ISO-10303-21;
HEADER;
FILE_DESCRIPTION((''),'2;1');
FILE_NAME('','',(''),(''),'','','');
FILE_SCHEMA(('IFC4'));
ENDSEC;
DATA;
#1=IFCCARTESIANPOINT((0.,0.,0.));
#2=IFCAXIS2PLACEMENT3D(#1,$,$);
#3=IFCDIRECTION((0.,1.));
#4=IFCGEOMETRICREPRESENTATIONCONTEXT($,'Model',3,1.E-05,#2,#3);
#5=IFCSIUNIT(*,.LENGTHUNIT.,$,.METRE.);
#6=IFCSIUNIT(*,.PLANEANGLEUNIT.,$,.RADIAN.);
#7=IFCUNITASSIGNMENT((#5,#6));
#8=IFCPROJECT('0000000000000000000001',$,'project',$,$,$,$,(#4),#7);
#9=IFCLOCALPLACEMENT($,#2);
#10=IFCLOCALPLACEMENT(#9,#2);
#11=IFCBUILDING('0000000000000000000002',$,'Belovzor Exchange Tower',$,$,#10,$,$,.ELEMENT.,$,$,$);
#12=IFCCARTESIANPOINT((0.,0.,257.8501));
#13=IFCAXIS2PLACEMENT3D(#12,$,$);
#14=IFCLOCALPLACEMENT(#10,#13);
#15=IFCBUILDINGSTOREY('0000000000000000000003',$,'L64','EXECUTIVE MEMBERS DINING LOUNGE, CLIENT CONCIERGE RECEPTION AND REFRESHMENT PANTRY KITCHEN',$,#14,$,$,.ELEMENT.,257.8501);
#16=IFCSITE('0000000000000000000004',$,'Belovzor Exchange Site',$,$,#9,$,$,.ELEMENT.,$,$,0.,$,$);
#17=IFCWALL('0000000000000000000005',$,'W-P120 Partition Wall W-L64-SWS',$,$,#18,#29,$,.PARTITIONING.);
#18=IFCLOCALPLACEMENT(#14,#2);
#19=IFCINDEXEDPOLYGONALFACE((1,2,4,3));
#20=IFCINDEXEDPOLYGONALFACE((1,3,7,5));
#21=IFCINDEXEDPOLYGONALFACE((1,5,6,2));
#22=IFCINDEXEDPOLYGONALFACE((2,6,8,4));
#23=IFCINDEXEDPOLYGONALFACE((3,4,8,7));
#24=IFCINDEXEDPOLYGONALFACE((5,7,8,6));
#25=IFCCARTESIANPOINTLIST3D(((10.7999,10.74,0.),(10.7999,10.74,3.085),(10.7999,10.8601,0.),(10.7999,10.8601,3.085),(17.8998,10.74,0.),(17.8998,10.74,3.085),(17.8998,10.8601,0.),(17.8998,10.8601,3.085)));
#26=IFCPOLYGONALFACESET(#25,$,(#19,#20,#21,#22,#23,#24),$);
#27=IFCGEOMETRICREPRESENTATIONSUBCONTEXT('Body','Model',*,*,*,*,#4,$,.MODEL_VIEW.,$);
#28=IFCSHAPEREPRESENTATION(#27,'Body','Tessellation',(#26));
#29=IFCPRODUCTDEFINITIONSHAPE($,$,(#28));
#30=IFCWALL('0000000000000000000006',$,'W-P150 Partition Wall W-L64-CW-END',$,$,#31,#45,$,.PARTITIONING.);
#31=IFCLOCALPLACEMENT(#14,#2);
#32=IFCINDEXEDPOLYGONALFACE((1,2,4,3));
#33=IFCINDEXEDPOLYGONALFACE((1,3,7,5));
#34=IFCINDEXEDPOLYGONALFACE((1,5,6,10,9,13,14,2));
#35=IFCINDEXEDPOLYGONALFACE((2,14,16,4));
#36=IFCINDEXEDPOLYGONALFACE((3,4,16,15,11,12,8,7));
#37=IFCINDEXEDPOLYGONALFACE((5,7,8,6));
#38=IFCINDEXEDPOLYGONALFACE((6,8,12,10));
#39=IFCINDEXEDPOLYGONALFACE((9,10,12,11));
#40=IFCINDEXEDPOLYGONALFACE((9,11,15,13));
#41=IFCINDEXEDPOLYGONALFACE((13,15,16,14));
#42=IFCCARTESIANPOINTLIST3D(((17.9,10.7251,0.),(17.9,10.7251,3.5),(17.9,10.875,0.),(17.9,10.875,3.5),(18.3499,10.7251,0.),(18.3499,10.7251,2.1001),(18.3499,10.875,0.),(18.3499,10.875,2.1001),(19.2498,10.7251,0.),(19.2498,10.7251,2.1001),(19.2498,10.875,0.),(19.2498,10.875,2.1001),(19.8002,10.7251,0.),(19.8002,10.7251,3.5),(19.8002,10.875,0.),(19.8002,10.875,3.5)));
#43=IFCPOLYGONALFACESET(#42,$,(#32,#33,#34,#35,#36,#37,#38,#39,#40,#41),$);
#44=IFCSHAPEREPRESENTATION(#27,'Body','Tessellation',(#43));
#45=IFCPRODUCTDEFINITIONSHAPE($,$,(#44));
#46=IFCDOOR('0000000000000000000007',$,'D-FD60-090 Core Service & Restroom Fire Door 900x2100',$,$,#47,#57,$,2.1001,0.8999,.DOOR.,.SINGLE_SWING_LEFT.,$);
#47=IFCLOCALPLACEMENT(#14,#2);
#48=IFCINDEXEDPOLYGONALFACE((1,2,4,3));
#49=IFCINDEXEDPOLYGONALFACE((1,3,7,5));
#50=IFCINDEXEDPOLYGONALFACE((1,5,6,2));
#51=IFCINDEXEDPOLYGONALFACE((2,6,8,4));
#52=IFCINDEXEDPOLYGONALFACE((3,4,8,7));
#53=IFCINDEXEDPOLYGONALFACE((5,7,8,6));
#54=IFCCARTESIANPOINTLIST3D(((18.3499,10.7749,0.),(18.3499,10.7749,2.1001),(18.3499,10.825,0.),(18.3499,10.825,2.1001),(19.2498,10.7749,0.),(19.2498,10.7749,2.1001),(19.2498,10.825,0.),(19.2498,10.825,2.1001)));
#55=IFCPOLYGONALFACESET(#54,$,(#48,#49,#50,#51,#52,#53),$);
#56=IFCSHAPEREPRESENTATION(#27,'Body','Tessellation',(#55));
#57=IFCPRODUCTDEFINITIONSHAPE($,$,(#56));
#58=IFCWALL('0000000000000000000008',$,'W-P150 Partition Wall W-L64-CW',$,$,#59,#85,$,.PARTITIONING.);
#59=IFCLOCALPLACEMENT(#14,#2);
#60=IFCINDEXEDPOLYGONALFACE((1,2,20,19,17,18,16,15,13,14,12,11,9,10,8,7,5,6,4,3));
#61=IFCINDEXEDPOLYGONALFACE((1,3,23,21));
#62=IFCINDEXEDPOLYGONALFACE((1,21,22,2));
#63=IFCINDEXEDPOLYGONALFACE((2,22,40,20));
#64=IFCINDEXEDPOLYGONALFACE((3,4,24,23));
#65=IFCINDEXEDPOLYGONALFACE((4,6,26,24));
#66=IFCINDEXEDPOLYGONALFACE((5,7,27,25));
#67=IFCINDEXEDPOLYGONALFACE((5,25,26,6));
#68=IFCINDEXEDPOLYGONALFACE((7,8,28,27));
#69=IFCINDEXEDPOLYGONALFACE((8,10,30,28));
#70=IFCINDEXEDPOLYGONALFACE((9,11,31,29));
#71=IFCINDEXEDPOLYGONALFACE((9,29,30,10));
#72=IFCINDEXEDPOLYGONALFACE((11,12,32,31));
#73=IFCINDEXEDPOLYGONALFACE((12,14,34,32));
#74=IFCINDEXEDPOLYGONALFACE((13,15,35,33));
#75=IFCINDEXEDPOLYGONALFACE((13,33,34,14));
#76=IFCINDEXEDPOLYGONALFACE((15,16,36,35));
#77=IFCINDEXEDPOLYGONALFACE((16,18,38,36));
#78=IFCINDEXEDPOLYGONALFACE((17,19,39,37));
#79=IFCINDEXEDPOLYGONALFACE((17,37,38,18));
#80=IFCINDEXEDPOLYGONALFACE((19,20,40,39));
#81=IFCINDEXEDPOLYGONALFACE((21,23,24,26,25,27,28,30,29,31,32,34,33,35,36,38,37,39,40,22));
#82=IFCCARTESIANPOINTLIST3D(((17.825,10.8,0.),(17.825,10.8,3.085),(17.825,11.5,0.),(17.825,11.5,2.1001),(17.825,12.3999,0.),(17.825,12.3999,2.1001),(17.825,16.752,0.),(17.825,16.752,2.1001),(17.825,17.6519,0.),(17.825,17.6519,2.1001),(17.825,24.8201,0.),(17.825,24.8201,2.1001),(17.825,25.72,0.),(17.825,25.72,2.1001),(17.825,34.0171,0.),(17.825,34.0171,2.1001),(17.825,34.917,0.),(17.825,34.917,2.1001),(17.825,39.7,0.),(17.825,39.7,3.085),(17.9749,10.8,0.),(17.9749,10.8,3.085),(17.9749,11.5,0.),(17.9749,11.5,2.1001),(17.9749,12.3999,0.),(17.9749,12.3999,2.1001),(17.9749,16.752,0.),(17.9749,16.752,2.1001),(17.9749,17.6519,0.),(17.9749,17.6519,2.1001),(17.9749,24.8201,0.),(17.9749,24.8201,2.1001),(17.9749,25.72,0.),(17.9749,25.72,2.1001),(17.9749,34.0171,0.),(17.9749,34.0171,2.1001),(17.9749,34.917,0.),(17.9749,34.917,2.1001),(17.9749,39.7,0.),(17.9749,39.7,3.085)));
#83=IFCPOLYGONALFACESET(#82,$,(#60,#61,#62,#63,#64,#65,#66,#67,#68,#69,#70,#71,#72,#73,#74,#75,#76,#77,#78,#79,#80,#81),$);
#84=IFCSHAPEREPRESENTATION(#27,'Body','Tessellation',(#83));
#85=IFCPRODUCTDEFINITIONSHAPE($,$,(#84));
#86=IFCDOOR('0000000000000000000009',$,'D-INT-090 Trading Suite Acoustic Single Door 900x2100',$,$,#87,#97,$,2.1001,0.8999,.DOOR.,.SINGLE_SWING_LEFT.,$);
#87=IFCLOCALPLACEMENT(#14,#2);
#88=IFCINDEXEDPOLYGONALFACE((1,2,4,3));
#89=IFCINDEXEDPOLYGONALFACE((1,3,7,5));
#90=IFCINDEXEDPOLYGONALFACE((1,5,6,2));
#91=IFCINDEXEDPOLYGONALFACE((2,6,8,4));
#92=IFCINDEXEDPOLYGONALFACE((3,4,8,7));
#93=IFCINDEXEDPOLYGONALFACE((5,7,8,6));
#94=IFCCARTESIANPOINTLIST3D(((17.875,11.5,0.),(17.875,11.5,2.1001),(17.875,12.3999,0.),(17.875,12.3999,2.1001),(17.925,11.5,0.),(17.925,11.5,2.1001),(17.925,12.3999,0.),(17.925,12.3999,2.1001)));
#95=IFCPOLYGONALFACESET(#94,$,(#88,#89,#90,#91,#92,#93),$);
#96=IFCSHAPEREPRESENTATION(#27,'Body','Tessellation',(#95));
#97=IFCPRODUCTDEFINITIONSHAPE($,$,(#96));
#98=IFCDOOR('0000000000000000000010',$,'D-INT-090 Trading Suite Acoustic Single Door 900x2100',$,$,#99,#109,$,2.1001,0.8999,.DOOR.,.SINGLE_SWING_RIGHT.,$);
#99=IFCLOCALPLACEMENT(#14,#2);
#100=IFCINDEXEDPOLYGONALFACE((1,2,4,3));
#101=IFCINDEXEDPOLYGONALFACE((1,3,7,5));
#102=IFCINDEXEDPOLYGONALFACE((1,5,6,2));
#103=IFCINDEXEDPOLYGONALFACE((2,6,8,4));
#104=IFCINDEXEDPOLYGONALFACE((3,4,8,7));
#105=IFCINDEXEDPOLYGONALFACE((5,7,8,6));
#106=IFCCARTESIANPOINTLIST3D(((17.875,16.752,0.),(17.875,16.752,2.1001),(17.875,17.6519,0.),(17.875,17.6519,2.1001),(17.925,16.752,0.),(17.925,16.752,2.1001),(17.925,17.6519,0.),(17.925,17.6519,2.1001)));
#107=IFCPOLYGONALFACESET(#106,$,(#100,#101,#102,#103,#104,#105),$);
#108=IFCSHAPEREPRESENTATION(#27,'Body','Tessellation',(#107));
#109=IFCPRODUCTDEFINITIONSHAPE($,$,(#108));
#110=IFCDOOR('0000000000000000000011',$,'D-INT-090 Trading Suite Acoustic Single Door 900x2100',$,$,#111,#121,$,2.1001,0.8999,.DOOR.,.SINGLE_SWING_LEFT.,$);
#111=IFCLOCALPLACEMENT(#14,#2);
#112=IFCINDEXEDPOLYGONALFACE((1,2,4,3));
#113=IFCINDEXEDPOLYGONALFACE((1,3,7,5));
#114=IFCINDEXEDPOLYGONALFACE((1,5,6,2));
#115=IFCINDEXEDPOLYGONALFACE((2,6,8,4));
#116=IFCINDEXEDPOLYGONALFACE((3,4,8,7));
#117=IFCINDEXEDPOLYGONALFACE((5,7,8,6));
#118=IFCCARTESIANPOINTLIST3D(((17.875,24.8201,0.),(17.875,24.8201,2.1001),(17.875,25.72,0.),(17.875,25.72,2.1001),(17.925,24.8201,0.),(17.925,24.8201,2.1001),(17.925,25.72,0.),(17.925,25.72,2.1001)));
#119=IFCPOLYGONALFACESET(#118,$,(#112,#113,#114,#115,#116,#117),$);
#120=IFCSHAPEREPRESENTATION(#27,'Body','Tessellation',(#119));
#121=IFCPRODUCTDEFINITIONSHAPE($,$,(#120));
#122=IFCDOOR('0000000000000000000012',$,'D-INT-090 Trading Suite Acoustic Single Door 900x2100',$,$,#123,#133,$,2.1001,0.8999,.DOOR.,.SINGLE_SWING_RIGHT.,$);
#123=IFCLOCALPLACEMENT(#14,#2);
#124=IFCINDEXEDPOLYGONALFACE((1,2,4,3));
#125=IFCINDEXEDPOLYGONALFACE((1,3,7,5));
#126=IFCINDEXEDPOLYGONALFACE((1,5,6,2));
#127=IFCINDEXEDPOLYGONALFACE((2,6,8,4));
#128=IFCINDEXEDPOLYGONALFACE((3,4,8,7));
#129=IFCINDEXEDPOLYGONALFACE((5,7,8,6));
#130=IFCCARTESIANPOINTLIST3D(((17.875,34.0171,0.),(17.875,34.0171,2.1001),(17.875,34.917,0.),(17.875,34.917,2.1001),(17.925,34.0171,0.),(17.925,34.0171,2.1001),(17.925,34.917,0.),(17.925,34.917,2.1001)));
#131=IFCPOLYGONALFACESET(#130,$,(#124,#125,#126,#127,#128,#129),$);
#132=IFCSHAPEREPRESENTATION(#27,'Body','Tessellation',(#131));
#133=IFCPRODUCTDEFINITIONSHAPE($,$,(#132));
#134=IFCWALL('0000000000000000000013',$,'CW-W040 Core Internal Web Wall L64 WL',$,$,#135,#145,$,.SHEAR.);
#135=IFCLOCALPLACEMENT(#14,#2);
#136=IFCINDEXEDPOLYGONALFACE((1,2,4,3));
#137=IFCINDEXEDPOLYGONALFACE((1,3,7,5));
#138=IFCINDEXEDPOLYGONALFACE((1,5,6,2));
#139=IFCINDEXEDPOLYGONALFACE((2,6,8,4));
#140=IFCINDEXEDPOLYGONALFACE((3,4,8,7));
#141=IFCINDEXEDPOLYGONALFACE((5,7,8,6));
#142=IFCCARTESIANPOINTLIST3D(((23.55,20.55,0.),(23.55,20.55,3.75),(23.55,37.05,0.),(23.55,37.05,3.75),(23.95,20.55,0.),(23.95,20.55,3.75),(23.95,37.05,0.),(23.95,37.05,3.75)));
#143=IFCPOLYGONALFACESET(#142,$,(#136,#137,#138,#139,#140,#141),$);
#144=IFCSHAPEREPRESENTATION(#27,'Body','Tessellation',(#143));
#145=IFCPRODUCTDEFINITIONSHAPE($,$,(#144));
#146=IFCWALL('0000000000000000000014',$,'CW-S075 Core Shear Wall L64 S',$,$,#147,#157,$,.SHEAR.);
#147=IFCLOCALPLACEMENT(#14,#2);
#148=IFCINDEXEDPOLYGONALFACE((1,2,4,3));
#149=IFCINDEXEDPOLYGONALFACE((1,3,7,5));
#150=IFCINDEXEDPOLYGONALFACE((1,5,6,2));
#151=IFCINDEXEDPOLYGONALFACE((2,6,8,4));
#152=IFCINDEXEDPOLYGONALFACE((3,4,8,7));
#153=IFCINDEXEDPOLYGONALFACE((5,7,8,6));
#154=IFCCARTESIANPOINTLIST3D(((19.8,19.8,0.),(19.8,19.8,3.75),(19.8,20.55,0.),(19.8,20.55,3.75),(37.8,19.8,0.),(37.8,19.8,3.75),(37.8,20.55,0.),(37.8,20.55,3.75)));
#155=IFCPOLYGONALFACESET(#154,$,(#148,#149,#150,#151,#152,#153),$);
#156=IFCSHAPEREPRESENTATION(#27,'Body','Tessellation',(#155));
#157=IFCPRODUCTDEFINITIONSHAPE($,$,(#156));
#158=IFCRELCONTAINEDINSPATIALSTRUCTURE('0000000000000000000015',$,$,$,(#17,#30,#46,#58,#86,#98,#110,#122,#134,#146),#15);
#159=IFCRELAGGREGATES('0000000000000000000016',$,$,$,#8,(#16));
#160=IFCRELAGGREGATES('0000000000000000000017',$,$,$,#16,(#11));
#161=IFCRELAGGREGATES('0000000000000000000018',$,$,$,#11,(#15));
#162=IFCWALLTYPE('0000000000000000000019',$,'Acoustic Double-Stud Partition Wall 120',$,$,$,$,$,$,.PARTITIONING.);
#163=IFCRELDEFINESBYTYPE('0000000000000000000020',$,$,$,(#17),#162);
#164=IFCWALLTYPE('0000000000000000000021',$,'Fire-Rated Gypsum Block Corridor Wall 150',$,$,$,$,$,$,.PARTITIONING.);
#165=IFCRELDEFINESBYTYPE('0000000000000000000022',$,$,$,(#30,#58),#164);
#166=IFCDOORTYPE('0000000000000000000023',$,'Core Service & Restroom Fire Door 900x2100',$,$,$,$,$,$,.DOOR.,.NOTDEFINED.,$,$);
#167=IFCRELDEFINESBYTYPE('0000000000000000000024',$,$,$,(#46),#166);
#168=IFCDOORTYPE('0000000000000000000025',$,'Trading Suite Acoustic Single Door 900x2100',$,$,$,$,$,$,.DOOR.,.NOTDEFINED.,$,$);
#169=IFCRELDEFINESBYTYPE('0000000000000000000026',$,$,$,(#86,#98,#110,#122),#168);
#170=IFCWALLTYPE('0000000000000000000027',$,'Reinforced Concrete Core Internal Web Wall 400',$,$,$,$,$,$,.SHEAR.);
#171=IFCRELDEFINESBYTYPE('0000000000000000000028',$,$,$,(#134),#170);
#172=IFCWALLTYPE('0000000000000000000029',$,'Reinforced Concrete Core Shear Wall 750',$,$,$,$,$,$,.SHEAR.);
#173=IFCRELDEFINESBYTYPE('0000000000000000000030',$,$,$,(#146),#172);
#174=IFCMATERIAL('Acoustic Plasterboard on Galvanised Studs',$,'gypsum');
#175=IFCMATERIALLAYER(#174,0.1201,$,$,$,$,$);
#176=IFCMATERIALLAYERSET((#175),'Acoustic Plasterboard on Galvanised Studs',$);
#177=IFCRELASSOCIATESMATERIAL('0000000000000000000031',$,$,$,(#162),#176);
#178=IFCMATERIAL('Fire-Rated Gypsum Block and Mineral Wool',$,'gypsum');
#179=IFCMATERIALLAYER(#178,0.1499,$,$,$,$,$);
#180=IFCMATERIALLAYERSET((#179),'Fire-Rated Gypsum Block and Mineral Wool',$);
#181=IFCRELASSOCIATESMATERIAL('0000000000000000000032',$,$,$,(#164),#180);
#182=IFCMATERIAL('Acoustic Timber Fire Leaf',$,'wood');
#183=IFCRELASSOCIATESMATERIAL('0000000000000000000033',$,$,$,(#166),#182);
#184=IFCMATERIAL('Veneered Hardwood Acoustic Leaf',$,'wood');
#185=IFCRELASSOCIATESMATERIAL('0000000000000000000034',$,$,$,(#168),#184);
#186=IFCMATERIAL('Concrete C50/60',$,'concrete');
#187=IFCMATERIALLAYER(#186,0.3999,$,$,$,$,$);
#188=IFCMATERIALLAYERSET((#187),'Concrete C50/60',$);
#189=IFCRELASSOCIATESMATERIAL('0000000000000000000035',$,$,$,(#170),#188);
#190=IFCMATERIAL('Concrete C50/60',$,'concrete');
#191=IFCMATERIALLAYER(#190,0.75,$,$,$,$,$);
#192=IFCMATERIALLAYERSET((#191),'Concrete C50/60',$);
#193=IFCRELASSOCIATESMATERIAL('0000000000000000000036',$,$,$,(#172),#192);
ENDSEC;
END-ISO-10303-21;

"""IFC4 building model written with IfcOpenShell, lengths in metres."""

from ifc_helpers import new_model, si_unit, direction, frame, frame_2d, origin, place, context, subcontext, project, spatial, rectangle, extrude, material, layer, layer_set, type_object, element, fill, save


model = new_model("IFC4")

# Units and contexts
model_context = context("Model", 3, precision=1e-05, world=origin(), true_north=direction((0.0, 1.0)))
body_context = subcontext(model_context, "Body", "Model", "MODEL_VIEW")
ifc_project = project(units=[si_unit("LENGTHUNIT", "METRE"), si_unit("PLANEANGLEUNIT", "RADIAN")], contexts=[model_context])

# Site, building, storey
site_placement = place(None, origin())
site = spatial("IfcSite", under=ifc_project, at=site_placement, Name="Belovzor Exchange Site", CompositionType="ELEMENT", RefElevation=0.0)
building_placement = place(site_placement, origin())
building = spatial("IfcBuilding", under=site, at=building_placement, Name="Belovzor Exchange Tower", CompositionType="ELEMENT")
storey_placement = place(building_placement, frame((0.0, 0.0, 257.8501)))
storey = spatial("IfcBuildingStorey", under=building, at=storey_placement, Name="L64", Description="EXECUTIVE MEMBERS DINING LOUNGE, CLIENT CONCIERGE RECEPTION AND REFRESHMENT PANTRY KITCHEN", CompositionType="ELEMENT", Elevation=257.8501)

# Wall
ifc_material_1 = material(Name="Acoustic Plasterboard on Galvanised Studs", Category="gypsum")
ifc_layer_1 = layer(ifc_material_1, 0.1201)
ifc_layer_set_1 = layer_set([ifc_layer_1], Name="Acoustic Plasterboard on Galvanised Studs")
wall_type_1 = type_object("IfcWallType", Name="Acoustic Double-Stud Partition Wall 120", PredefinedType="PARTITIONING", material=ifc_layer_set_1)
wall_1_placement = place(storey_placement, frame((10.8, 10.8, 0.0), z_axis=(0.0, 0.0, 1.0), x_axis=(1.0, 0.0, 0.0)))
element("IfcWall", 1, at=wall_1_placement, inside=storey, type_object=wall_type_1, Name="W-P120 Partition Wall W-L64-SWS", PredefinedType="PARTITIONING", context=body_context, shape_type="SweptSolid", body=[
    extrude(rectangle(XDim=7.0999, YDim=0.1201, at=frame_2d((3.5498, 0.0))), origin(), (0.0, 0.0, 1.0), 3.085),
])

# Wall, opening, door
ifc_material_2 = material(Name="Fire-Rated Gypsum Block and Mineral Wool", Category="gypsum")
ifc_layer_2 = layer(ifc_material_2, 0.1499)
ifc_layer_set_2 = layer_set([ifc_layer_2], Name="Fire-Rated Gypsum Block and Mineral Wool")
wall_type_2 = type_object("IfcWallType", Name="Fire-Rated Gypsum Block Corridor Wall 150", PredefinedType="PARTITIONING", material=ifc_layer_set_2)
wall_2_placement = place(storey_placement, frame((17.8999, 10.8, 0.0), z_axis=(0.0, 0.0, 1.0), x_axis=(1.0, 0.0, 0.0)))
wall_2 = element("IfcWall", 2, at=wall_2_placement, inside=storey, type_object=wall_type_2, Name="W-P150 Partition Wall W-L64-CW-END", PredefinedType="PARTITIONING", context=body_context, shape_type="SweptSolid", body=[
    extrude(rectangle(XDim=1.9001, YDim=0.1499, at=frame_2d((0.9502, 0.0))), origin(), (0.0, 0.0, 1.0), 3.5),
])
opening_1_placement = place(wall_2_placement, frame((0.45, 0.0, 0.0)))
opening_1 = element("IfcOpeningElement", 3, at=opening_1_placement, cuts=wall_2, PredefinedType="OPENING", context=body_context, shape_type="SweptSolid", body=[
    extrude(rectangle(XDim=0.8999, YDim=2.1001, at=frame_2d((0.45, 1.05))), frame((0.0, 0.085, 0.0), z_axis=(0.0, -1.0, 0.0), x_axis=(1.0, 0.0, 0.0)), (0.0, 0.0, 1.0), 0.1699),
])
ifc_material_3 = material(Name="Acoustic Timber Fire Leaf", Category="wood")
door_type_1 = type_object("IfcDoorType", Name="Core Service & Restroom Fire Door 900x2100", OperationType="NOTDEFINED", PredefinedType="DOOR", material=ifc_material_3)
door_1_placement = place(opening_1_placement, origin())
door_1 = element("IfcDoor", 4, at=door_1_placement, inside=storey, type_object=door_type_1, Name="D-FD60-090 Core Service & Restroom Fire Door 900x2100", OperationType="SINGLE_SWING_LEFT", OverallHeight=2.1001, OverallWidth=0.8999, PredefinedType="DOOR", context=body_context, shape_type="SweptSolid", body=[
    extrude(rectangle(XDim=0.8999, YDim=2.1001, at=frame_2d((0.45, 1.05))), frame((0.0, 0.0249, 0.0), z_axis=(0.0, -1.0, 0.0), x_axis=(1.0, 0.0, 0.0)), (0.0, 0.0, 1.0), 0.05),
])
fill(opening_1, door_1)

# Wall, openings, doors
wall_3_placement = place(storey_placement, frame((17.8999, 10.8, 0.0), z_axis=(0.0, 0.0, 1.0), x_axis=(0.0, 1.0, 0.0)))
wall_3 = element("IfcWall", 5, at=wall_3_placement, inside=storey, type_object=wall_type_2, Name="W-P150 Partition Wall W-L64-CW", PredefinedType="PARTITIONING", context=body_context, shape_type="SweptSolid", body=[
    extrude(rectangle(XDim=28.8999, YDim=0.1499, at=frame_2d((14.45, 0.0))), origin(), (0.0, 0.0, 1.0), 3.085),
])
opening_2_placement = place(wall_3_placement, frame((0.7, 0.0, 0.0)))
opening_2 = element("IfcOpeningElement", 6, at=opening_2_placement, cuts=wall_3, PredefinedType="OPENING", context=body_context, shape_type="SweptSolid", body=[
    extrude(rectangle(XDim=0.8999, YDim=2.1001, at=frame_2d((0.45, 1.05))), frame((0.0, 0.085, 0.0), z_axis=(0.0, -1.0, 0.0), x_axis=(1.0, 0.0, 0.0)), (0.0, 0.0, 1.0), 0.1699),
])
opening_3_placement = place(wall_3_placement, frame((5.9519, 0.0, 0.0)))
opening_3 = element("IfcOpeningElement", 7, at=opening_3_placement, cuts=wall_3, PredefinedType="OPENING", context=body_context, shape_type="SweptSolid", body=[
    extrude(rectangle(XDim=0.8999, YDim=2.1001, at=frame_2d((0.45, 1.05))), frame((0.0, 0.085, 0.0), z_axis=(0.0, -1.0, 0.0), x_axis=(1.0, 0.0, 0.0)), (0.0, 0.0, 1.0), 0.1699),
])
opening_4_placement = place(wall_3_placement, frame((14.02, 0.0, 0.0)))
opening_4 = element("IfcOpeningElement", 8, at=opening_4_placement, cuts=wall_3, PredefinedType="OPENING", context=body_context, shape_type="SweptSolid", body=[
    extrude(rectangle(XDim=0.8999, YDim=2.1001, at=frame_2d((0.45, 1.05))), frame((0.0, 0.085, 0.0), z_axis=(0.0, -1.0, 0.0), x_axis=(1.0, 0.0, 0.0)), (0.0, 0.0, 1.0), 0.1699),
])
opening_5_placement = place(wall_3_placement, frame((23.217, 0.0, 0.0)))
opening_5 = element("IfcOpeningElement", 9, at=opening_5_placement, cuts=wall_3, PredefinedType="OPENING", context=body_context, shape_type="SweptSolid", body=[
    extrude(rectangle(XDim=0.8999, YDim=2.1001, at=frame_2d((0.45, 1.05))), frame((0.0, 0.085, 0.0), z_axis=(0.0, -1.0, 0.0), x_axis=(1.0, 0.0, 0.0)), (0.0, 0.0, 1.0), 0.1699),
])
ifc_material_4 = material(Name="Veneered Hardwood Acoustic Leaf", Category="wood")
door_type_2 = type_object("IfcDoorType", Name="Trading Suite Acoustic Single Door 900x2100", OperationType="NOTDEFINED", PredefinedType="DOOR", material=ifc_material_4)
door_2_placement = place(opening_2_placement, origin())
door_2 = element("IfcDoor", 10, at=door_2_placement, inside=storey, type_object=door_type_2, Name="D-INT-090 Trading Suite Acoustic Single Door 900x2100", OperationType="SINGLE_SWING_LEFT", OverallHeight=2.1001, OverallWidth=0.8999, PredefinedType="DOOR", context=body_context, shape_type="SweptSolid", body=[
    extrude(rectangle(XDim=0.8999, YDim=2.1001, at=frame_2d((0.45, 1.05))), frame((0.0, 0.0249, 0.0), z_axis=(0.0, -1.0, 0.0), x_axis=(1.0, 0.0, 0.0)), (0.0, 0.0, 1.0), 0.05),
])
fill(opening_2, door_2)
door_3_placement = place(opening_3_placement, origin())
door_3 = element("IfcDoor", 11, at=door_3_placement, inside=storey, type_object=door_type_2, Name="D-INT-090 Trading Suite Acoustic Single Door 900x2100", OperationType="SINGLE_SWING_RIGHT", OverallHeight=2.1001, OverallWidth=0.8999, PredefinedType="DOOR", context=body_context, shape_type="SweptSolid", body=[
    extrude(rectangle(XDim=0.8999, YDim=2.1001, at=frame_2d((0.45, 1.05))), frame((0.0, 0.0249, 0.0), z_axis=(0.0, -1.0, 0.0), x_axis=(1.0, 0.0, 0.0)), (0.0, 0.0, 1.0), 0.05),
])
fill(opening_3, door_3)
door_4_placement = place(opening_4_placement, origin())
door_4 = element("IfcDoor", 12, at=door_4_placement, inside=storey, type_object=door_type_2, Name="D-INT-090 Trading Suite Acoustic Single Door 900x2100", OperationType="SINGLE_SWING_LEFT", OverallHeight=2.1001, OverallWidth=0.8999, PredefinedType="DOOR", context=body_context, shape_type="SweptSolid", body=[
    extrude(rectangle(XDim=0.8999, YDim=2.1001, at=frame_2d((0.45, 1.05))), frame((0.0, 0.0249, 0.0), z_axis=(0.0, -1.0, 0.0), x_axis=(1.0, 0.0, 0.0)), (0.0, 0.0, 1.0), 0.05),
])
fill(opening_4, door_4)
door_5_placement = place(opening_5_placement, origin())
door_5 = element("IfcDoor", 13, at=door_5_placement, inside=storey, type_object=door_type_2, Name="D-INT-090 Trading Suite Acoustic Single Door 900x2100", OperationType="SINGLE_SWING_RIGHT", OverallHeight=2.1001, OverallWidth=0.8999, PredefinedType="DOOR", context=body_context, shape_type="SweptSolid", body=[
    extrude(rectangle(XDim=0.8999, YDim=2.1001, at=frame_2d((0.45, 1.05))), frame((0.0, 0.0249, 0.0), z_axis=(0.0, -1.0, 0.0), x_axis=(1.0, 0.0, 0.0)), (0.0, 0.0, 1.0), 0.05),
])
fill(opening_5, door_5)

# Walls
ifc_material_5 = material(Name="Concrete C50/60", Category="concrete")
ifc_layer_3 = layer(ifc_material_5, 0.3999)
ifc_layer_set_3 = layer_set([ifc_layer_3], Name="Concrete C50/60")
wall_type_3 = type_object("IfcWallType", Name="Reinforced Concrete Core Internal Web Wall 400", PredefinedType="SHEAR", material=ifc_layer_set_3)
wall_4_placement = place(storey_placement, frame((23.75, 20.55, 0.0), z_axis=(0.0, 0.0, 1.0), x_axis=(0.0, 1.0, 0.0)))
element("IfcWall", 14, at=wall_4_placement, inside=storey, type_object=wall_type_3, Name="CW-W040 Core Internal Web Wall L64 WL", PredefinedType="SHEAR", context=body_context, shape_type="SweptSolid", body=[
    extrude(rectangle(XDim=16.5, YDim=0.3999, at=frame_2d((8.25, 0.0))), origin(), (0.0, 0.0, 1.0), 3.75),
])
ifc_material_6 = material(Name="Concrete C50/60", Category="concrete")
ifc_layer_4 = layer(ifc_material_6, 0.75)
ifc_layer_set_4 = layer_set([ifc_layer_4], Name="Concrete C50/60")
wall_type_4 = type_object("IfcWallType", Name="Reinforced Concrete Core Shear Wall 750", PredefinedType="SHEAR", material=ifc_layer_set_4)
wall_5_placement = place(storey_placement, frame((19.8, 20.175, 0.0), z_axis=(0.0, 0.0, 1.0), x_axis=(1.0, 0.0, 0.0)))
element("IfcWall", 15, at=wall_5_placement, inside=storey, type_object=wall_type_4, Name="CW-S075 Core Shear Wall L64 S", PredefinedType="SHEAR", context=body_context, shape_type="SweptSolid", body=[
    extrude(rectangle(XDim=18.0, YDim=0.75, at=frame_2d((9.0, 0.0))), origin(), (0.0, 0.0, 1.0), 3.75),
])

save(model, "model.ifc")
